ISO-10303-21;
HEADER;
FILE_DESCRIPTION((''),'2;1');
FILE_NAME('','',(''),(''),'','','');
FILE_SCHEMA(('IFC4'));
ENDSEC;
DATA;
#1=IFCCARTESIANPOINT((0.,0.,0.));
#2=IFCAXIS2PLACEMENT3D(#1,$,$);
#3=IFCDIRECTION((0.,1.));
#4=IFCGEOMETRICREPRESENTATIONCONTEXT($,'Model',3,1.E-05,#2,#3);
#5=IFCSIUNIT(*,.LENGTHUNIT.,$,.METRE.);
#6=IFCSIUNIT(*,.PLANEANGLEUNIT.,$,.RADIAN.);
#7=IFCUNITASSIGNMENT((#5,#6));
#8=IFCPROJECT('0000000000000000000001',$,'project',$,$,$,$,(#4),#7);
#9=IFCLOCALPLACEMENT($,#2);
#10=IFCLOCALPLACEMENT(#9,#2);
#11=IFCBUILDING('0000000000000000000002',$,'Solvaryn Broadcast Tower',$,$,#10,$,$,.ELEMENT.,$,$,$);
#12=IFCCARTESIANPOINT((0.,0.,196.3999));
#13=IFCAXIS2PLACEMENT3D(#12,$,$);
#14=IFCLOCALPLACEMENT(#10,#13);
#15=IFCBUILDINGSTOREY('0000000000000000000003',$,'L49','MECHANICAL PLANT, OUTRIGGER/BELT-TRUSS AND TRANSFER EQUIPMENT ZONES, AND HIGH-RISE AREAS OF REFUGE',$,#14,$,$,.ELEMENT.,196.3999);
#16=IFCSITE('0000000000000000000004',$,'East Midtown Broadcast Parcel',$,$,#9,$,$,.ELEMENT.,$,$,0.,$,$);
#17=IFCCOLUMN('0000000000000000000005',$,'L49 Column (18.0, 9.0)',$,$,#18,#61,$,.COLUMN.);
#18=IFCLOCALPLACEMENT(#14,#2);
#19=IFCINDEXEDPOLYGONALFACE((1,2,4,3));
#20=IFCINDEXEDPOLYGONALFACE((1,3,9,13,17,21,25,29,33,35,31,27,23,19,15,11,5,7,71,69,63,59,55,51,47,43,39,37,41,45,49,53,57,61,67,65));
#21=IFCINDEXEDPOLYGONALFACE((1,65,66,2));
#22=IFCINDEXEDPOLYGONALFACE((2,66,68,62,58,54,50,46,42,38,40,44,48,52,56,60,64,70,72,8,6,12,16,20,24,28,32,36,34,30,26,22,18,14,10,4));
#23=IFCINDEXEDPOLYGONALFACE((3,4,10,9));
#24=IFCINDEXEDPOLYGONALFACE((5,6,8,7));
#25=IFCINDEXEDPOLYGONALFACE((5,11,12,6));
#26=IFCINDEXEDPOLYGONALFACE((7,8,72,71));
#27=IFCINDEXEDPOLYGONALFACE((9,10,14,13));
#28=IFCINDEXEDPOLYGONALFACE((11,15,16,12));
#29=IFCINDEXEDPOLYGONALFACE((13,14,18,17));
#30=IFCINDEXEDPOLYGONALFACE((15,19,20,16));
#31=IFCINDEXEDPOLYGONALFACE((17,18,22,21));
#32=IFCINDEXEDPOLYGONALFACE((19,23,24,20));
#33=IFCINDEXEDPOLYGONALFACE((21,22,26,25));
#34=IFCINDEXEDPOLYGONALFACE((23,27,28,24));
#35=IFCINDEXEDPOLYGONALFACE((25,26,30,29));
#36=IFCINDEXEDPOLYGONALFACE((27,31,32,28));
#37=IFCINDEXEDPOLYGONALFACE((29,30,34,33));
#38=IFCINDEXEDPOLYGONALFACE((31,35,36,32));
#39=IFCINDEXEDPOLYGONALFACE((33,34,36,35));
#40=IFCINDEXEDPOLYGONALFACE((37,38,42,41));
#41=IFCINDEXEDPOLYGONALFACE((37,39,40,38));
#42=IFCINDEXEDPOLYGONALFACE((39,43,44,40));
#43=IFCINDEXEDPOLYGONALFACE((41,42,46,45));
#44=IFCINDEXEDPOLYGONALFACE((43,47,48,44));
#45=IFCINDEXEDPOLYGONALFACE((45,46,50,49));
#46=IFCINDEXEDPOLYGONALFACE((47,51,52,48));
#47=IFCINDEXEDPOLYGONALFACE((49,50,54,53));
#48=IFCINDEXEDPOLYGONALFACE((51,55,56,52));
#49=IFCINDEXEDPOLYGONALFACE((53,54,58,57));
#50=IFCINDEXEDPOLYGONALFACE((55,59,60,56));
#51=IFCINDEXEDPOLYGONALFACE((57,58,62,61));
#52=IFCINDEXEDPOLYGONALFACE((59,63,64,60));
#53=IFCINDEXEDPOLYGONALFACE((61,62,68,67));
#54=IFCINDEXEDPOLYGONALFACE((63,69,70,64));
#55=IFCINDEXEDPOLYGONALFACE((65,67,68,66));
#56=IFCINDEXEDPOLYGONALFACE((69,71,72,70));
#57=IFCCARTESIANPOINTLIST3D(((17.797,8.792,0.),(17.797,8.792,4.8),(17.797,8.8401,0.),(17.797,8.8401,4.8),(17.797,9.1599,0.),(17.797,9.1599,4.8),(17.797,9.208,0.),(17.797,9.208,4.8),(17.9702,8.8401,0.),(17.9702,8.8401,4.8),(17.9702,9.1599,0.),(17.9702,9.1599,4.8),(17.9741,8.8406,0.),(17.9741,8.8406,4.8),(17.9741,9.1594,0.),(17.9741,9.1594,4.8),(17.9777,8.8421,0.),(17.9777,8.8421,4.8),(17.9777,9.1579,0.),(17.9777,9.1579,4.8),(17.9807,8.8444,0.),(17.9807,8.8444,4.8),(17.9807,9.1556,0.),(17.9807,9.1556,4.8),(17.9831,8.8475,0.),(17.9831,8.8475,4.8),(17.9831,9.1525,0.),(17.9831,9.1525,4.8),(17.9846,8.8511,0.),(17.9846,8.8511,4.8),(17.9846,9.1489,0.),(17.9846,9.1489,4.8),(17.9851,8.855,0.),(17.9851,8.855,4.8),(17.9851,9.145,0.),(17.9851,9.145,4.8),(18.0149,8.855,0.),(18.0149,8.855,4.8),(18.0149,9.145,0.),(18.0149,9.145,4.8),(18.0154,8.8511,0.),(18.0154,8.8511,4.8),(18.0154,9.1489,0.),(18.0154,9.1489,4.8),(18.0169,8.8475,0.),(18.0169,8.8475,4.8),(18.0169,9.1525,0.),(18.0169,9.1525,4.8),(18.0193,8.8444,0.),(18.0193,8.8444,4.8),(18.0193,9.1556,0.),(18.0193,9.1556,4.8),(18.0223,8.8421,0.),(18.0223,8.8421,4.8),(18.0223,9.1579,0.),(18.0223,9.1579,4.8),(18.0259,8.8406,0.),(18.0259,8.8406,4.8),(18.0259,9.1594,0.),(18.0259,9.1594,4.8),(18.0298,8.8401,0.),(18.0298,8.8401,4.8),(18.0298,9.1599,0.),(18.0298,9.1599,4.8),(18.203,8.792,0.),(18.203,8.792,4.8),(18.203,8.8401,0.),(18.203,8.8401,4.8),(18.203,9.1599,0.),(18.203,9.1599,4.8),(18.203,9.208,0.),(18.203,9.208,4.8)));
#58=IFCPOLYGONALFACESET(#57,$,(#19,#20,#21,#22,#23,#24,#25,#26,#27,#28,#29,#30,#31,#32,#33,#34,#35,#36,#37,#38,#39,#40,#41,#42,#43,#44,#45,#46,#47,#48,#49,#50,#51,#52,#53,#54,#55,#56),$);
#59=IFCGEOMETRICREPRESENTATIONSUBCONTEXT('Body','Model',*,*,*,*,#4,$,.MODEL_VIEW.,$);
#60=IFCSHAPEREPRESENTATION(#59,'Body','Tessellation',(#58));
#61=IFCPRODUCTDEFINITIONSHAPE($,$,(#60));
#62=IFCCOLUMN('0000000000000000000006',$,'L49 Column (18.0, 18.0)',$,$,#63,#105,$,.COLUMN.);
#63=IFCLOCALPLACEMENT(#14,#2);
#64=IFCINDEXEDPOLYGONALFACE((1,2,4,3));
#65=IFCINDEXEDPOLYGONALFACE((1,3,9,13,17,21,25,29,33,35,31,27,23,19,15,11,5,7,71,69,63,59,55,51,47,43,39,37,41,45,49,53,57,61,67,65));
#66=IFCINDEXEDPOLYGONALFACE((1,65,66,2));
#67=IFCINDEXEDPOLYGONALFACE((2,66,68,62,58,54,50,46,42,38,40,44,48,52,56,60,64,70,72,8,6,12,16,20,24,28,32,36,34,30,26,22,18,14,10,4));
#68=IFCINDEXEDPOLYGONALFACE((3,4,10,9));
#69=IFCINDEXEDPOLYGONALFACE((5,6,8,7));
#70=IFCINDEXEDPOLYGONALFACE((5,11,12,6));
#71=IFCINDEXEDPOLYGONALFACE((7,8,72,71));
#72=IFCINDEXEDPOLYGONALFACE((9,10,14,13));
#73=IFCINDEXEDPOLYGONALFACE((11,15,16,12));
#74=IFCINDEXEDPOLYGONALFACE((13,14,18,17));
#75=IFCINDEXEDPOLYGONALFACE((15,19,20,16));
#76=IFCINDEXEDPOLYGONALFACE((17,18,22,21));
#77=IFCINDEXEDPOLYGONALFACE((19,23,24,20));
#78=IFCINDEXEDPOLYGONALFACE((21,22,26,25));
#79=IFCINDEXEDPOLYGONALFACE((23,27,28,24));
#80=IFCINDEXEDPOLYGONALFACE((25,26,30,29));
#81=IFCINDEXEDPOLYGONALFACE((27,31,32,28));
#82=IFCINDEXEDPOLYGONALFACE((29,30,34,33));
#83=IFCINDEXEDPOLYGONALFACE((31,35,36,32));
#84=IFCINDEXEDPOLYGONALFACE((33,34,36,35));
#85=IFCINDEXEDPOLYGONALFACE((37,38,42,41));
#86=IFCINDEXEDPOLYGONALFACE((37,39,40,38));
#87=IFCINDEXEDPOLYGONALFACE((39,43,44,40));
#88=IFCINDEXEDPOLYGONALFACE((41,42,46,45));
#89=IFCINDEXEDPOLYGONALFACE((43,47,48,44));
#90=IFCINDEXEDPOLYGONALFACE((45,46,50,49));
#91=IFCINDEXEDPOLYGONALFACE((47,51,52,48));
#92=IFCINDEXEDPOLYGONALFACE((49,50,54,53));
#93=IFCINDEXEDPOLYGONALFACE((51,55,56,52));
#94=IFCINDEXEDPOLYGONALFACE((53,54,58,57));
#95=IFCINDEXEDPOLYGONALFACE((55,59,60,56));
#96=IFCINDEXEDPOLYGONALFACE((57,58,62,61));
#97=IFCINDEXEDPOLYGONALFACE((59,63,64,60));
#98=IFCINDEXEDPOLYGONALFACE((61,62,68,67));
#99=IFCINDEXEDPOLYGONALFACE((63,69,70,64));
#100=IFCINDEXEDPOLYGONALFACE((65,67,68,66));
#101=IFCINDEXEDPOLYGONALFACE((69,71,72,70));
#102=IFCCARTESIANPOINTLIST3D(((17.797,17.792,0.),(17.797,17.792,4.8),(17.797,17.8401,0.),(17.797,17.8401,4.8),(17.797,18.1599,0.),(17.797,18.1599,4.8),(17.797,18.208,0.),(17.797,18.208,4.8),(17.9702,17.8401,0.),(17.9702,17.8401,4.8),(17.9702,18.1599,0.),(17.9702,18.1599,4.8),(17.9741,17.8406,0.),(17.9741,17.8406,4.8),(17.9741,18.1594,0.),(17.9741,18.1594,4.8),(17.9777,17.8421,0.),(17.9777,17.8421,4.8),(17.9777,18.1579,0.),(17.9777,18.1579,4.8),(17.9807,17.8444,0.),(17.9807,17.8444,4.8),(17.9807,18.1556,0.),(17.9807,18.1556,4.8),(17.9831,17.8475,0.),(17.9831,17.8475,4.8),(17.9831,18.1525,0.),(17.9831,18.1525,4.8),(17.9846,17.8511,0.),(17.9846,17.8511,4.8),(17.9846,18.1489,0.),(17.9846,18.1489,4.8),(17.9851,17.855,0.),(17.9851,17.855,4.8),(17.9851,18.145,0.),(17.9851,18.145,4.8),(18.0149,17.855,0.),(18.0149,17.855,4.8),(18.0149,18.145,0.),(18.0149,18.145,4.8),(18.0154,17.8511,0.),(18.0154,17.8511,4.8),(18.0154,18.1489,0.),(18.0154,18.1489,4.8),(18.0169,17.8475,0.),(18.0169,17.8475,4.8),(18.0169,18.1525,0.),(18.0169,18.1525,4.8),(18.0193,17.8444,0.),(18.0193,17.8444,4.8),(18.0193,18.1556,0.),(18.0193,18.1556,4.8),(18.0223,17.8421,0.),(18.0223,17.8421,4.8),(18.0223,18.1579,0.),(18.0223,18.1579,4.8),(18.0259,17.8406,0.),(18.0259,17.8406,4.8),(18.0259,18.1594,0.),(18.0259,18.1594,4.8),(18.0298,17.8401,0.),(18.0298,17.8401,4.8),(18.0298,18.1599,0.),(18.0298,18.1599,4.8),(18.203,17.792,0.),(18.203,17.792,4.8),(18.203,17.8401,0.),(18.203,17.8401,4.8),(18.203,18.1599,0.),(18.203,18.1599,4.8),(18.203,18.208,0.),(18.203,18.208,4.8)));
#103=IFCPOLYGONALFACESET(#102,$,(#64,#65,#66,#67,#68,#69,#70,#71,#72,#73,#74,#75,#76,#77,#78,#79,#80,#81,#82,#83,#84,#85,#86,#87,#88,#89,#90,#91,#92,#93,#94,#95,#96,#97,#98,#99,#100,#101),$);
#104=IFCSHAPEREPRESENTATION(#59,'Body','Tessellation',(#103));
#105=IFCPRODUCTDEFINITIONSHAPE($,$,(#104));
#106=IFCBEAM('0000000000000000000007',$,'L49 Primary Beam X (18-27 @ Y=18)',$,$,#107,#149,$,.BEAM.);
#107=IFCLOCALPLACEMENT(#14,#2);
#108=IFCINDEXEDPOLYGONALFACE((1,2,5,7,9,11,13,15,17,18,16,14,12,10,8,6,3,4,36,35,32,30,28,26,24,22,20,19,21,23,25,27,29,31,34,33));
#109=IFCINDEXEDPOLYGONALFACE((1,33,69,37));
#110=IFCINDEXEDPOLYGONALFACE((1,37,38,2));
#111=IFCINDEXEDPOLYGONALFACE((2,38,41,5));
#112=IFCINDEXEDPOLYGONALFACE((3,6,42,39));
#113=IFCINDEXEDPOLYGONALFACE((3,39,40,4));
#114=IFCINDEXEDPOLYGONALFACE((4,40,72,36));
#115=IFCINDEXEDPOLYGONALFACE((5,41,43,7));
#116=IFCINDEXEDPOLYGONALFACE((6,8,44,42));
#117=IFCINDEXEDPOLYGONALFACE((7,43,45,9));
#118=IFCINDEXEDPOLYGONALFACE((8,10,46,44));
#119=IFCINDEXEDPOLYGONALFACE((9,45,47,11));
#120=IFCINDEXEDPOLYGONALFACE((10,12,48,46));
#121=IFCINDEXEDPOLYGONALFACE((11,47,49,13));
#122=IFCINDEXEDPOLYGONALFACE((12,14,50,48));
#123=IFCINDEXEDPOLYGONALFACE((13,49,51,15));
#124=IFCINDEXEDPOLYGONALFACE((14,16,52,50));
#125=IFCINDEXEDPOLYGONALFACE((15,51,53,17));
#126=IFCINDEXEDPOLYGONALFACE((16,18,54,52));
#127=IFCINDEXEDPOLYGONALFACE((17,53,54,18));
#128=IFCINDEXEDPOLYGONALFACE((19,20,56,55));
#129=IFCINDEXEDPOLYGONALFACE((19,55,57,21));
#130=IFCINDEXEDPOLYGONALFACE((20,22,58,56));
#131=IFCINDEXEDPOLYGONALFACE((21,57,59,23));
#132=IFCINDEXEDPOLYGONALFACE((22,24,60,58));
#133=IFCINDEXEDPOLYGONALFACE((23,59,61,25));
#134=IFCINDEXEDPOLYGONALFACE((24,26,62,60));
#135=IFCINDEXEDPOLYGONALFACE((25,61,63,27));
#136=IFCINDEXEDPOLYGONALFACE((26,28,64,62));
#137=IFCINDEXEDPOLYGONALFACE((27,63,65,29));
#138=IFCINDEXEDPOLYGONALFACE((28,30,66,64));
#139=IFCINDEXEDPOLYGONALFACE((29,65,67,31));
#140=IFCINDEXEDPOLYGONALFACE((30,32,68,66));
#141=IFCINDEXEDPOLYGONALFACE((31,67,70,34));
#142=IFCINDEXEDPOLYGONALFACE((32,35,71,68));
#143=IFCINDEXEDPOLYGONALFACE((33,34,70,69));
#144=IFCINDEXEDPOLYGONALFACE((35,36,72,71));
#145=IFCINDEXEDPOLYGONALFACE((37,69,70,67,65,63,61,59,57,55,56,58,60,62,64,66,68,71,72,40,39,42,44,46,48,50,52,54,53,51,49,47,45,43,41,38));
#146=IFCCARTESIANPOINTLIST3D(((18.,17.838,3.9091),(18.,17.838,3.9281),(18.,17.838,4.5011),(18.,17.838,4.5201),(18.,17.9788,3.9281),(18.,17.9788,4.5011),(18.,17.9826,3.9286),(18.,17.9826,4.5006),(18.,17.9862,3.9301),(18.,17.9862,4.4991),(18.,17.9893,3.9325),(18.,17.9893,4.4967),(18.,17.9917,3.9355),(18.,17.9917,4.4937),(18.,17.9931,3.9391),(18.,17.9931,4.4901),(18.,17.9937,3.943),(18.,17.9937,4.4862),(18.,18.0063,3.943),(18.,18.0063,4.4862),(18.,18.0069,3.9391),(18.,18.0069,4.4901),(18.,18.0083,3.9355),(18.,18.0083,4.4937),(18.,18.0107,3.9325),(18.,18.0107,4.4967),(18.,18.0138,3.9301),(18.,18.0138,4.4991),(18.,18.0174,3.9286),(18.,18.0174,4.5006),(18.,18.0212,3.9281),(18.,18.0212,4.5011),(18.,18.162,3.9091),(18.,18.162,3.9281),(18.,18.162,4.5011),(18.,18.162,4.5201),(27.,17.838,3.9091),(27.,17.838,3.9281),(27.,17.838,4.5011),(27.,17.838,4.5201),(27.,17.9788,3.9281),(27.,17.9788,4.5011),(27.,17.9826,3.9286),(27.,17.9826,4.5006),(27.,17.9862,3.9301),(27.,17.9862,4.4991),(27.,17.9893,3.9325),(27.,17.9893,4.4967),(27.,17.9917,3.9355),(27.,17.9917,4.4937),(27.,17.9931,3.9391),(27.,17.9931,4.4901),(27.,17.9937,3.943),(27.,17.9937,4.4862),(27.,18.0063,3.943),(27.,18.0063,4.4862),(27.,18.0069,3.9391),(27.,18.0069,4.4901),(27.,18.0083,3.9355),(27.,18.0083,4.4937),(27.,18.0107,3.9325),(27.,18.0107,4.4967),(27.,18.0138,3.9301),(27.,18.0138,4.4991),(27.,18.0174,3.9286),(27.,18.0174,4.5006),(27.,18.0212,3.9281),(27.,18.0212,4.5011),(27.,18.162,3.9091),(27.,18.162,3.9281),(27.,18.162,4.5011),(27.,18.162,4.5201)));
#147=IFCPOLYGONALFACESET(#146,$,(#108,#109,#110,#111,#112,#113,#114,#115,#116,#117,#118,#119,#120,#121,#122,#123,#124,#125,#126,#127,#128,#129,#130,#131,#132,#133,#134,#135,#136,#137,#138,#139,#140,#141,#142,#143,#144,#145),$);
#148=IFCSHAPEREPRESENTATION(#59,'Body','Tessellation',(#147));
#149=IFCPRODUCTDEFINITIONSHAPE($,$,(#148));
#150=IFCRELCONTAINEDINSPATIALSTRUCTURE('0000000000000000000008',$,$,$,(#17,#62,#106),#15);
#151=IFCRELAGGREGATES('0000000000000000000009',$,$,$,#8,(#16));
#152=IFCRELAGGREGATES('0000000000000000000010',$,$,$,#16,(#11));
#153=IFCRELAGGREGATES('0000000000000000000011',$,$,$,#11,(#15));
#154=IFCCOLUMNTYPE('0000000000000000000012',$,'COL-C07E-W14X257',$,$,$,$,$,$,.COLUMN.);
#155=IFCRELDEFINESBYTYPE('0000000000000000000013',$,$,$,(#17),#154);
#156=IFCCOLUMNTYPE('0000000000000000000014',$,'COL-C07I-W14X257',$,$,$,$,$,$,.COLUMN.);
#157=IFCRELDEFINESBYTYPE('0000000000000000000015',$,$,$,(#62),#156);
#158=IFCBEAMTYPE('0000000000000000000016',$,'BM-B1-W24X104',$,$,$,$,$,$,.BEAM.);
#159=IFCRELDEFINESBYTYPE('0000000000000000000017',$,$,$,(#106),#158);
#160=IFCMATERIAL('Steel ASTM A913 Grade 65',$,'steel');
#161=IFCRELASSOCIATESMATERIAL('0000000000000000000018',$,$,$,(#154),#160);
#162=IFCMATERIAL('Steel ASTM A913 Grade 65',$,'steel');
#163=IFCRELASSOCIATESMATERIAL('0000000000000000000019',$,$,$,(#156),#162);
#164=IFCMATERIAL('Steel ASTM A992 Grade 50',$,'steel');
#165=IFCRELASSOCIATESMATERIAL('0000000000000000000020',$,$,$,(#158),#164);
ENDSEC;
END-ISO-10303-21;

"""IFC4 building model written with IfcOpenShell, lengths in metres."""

from ifc_helpers import new_model, si_unit, direction, frame, origin, origin_2d, place, context, subcontext, project, spatial, i_section, extrude, material, material_profile, profile_set, type_object, element, save


model = new_model("IFC4")

# Units and contexts
model_context = context("Model", 3, precision=1e-05, world=origin(), true_north=direction((0.0, 1.0)))
body_context = subcontext(model_context, "Body", "Model", "MODEL_VIEW")
ifc_project = project(units=[si_unit("LENGTHUNIT", "METRE"), si_unit("PLANEANGLEUNIT", "RADIAN")], contexts=[model_context])

# Site, building, storey
site_placement = place(None, origin())
site = spatial("IfcSite", under=ifc_project, at=site_placement, Name="East Midtown Broadcast Parcel", CompositionType="ELEMENT", RefElevation=0.0)
building_placement = place(site_placement, origin())
building = spatial("IfcBuilding", under=site, at=building_placement, Name="Solvaryn Broadcast Tower", CompositionType="ELEMENT")
storey_placement = place(building_placement, frame((0.0, 0.0, 196.3999)))
storey = spatial("IfcBuildingStorey", under=building, at=storey_placement, Name="L49", Description="MECHANICAL PLANT, OUTRIGGER/BELT-TRUSS AND TRANSFER EQUIPMENT ZONES, AND HIGH-RISE AREAS OF REFUGE", CompositionType="ELEMENT", Elevation=196.3999)

# Columns
ifc_material_1 = material(Name="Steel ASTM A913 Grade 65", Category="steel")
ifc_material_profile_1 = material_profile(ifc_material_1, i_section(OverallWidth=0.406, OverallDepth=0.416, WebThickness=0.0298, FlangeThickness=0.0481, FilletRadius=0.0149, at=origin_2d()))
ifc_profile_set_1 = profile_set([ifc_material_profile_1], Name="Steel ASTM A913 Grade 65")
column_type_1 = type_object("IfcColumnType", Name="COL-C07E-W14X257", PredefinedType="COLUMN", material=ifc_profile_set_1)
column_1_placement = place(storey_placement, frame((18.0, 9.0, 0.0), z_axis=(0.0, 0.0, 1.0), x_axis=(1.0, 0.0, 0.0)))
element("IfcColumn", 1, at=column_1_placement, inside=storey, type_object=column_type_1, Name="L49 Column (18.0, 9.0)", PredefinedType="COLUMN", context=body_context, shape_type="SweptSolid", body=[
    extrude(i_section(OverallWidth=0.406, OverallDepth=0.416, WebThickness=0.0298, FlangeThickness=0.0481, FilletRadius=0.0149, at=origin_2d()), origin(), (0.0, 0.0, 1.0), 4.8),
])
ifc_material_2 = material(Name="Steel ASTM A913 Grade 65", Category="steel")
ifc_material_profile_2 = material_profile(ifc_material_2, i_section(OverallWidth=0.406, OverallDepth=0.416, WebThickness=0.0298, FlangeThickness=0.0481, FilletRadius=0.0149, at=origin_2d()))
ifc_profile_set_2 = profile_set([ifc_material_profile_2], Name="Steel ASTM A913 Grade 65")
column_type_2 = type_object("IfcColumnType", Name="COL-C07I-W14X257", PredefinedType="COLUMN", material=ifc_profile_set_2)
column_2_placement = place(storey_placement, frame((18.0, 18.0, 0.0), z_axis=(0.0, 0.0, 1.0), x_axis=(1.0, 0.0, 0.0)))
element("IfcColumn", 2, at=column_2_placement, inside=storey, type_object=column_type_2, Name="L49 Column (18.0, 18.0)", PredefinedType="COLUMN", context=body_context, shape_type="SweptSolid", body=[
    extrude(i_section(OverallWidth=0.406, OverallDepth=0.416, WebThickness=0.0298, FlangeThickness=0.0481, FilletRadius=0.0149, at=origin_2d()), origin(), (0.0, 0.0, 1.0), 4.8),
])

# Beam
ifc_material_3 = material(Name="Steel ASTM A992 Grade 50", Category="steel")
ifc_material_profile_3 = material_profile(ifc_material_3, i_section(OverallWidth=0.324, OverallDepth=0.6111, WebThickness=0.0127, FlangeThickness=0.019, FilletRadius=0.0149, at=origin_2d()))
ifc_profile_set_3 = profile_set([ifc_material_profile_3], Name="Steel ASTM A992 Grade 50")
beam_type_1 = type_object("IfcBeamType", Name="BM-B1-W24X104", PredefinedType="BEAM", material=ifc_profile_set_3)
beam_1_placement = place(storey_placement, frame((18.0, 18.0, 4.2146), z_axis=(1.0, 0.0, 0.0), x_axis=(0.0, 1.0, 0.0)))
element("IfcBeam", 3, at=beam_1_placement, inside=storey, type_object=beam_type_1, Name="L49 Primary Beam X (18-27 @ Y=18)", PredefinedType="BEAM", context=body_context, shape_type="SweptSolid", body=[
    extrude(i_section(OverallWidth=0.324, OverallDepth=0.6111, WebThickness=0.0127, FlangeThickness=0.019, FilletRadius=0.0149, at=origin_2d()), origin(), (0.0, 0.0, 1.0), 9.0),
])

save(model, "model.ifc")
